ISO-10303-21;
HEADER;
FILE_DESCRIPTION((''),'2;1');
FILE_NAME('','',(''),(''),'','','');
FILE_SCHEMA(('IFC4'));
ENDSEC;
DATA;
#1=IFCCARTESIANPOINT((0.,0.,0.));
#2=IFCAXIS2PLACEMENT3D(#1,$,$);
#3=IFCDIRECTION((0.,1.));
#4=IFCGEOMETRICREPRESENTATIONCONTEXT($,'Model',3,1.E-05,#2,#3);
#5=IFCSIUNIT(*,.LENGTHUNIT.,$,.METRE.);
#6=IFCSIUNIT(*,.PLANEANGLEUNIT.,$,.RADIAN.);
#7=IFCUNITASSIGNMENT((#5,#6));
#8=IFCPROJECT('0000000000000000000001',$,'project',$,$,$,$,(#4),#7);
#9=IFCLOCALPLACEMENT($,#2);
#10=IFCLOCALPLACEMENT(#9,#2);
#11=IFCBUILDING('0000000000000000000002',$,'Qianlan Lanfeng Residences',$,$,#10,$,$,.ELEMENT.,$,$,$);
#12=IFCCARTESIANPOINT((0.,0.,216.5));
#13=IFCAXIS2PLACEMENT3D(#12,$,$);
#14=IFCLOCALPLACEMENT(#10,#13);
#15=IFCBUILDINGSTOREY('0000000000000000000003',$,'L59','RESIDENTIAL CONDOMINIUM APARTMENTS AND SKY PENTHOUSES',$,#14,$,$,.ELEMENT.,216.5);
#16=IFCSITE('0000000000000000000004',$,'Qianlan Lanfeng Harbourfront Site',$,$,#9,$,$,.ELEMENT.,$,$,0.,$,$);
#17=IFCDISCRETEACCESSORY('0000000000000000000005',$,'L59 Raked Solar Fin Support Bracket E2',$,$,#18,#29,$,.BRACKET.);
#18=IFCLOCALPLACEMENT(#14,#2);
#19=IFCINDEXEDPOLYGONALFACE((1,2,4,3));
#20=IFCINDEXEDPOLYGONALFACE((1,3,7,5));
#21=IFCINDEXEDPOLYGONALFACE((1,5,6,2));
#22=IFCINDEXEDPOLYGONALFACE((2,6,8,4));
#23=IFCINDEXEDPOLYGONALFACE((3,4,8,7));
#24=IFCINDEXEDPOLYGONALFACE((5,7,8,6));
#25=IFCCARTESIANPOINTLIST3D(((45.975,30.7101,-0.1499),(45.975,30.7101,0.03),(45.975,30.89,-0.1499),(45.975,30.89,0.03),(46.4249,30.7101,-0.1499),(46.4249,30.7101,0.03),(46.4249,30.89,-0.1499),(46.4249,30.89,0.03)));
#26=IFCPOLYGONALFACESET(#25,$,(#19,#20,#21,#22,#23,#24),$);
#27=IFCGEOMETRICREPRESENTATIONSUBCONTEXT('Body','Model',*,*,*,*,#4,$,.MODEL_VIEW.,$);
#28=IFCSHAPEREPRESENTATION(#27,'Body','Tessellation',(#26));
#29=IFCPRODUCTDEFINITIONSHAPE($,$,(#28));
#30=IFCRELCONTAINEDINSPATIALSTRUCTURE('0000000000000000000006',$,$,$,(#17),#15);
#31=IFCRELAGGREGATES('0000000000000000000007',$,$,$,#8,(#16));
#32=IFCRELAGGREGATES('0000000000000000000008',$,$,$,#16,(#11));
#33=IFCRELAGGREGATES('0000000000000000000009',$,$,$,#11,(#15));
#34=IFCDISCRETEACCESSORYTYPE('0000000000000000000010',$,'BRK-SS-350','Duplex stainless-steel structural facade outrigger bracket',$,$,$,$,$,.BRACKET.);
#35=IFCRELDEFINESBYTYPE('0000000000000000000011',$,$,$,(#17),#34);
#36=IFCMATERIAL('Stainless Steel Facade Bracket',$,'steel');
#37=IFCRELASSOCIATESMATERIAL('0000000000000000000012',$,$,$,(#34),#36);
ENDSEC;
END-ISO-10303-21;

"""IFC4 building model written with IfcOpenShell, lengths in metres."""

from ifc_helpers import new_model, si_unit, direction, frame, origin, origin_2d, place, context, subcontext, project, spatial, rectangle, extrude, source, transform, mapped, material, type_object, element, save


model = new_model("IFC4")

# Units and contexts
model_context = context("Model", 3, precision=1e-05, world=origin(), true_north=direction((0.0, 1.0)))
body_context = subcontext(model_context, "Body", "Model", "MODEL_VIEW")
ifc_project = project(units=[si_unit("LENGTHUNIT", "METRE"), si_unit("PLANEANGLEUNIT", "RADIAN")], contexts=[model_context])

# Site, building, storey
site_placement = place(None, origin())
site = spatial("IfcSite", under=ifc_project, at=site_placement, Name="Qianlan Lanfeng Harbourfront Site", CompositionType="ELEMENT", RefElevation=0.0)
building_placement = place(site_placement, origin())
building = spatial("IfcBuilding", under=site, at=building_placement, Name="Qianlan Lanfeng Residences", CompositionType="ELEMENT")
storey_placement = place(building_placement, frame((0.0, 0.0, 216.5)))
storey = spatial("IfcBuildingStorey", under=building, at=storey_placement, Name="L59", Description="RESIDENTIAL CONDOMINIUM APARTMENTS AND SKY PENTHOUSES", CompositionType="ELEMENT", Elevation=216.5)

# Discrete accessory
ifc_material_1 = material(Name="Stainless Steel Facade Bracket", Category="steel")
discrete_accessory_type = type_object("IfcDiscreteAccessoryType", Name="BRK-SS-350", Description="Duplex stainless-steel structural facade outrigger bracket", PredefinedType="BRACKET", material=ifc_material_1)
shared_shape_1 = source(origin(), body_context, "Body", "SweptSolid", [
    extrude(rectangle(XDim=0.45, YDim=0.1799, at=origin_2d()), origin(), (0.0, 0.0, 1.0), 0.1799),
])
discrete_accessory_placement = place(storey_placement, frame((46.2, 30.8, -0.1499), z_axis=(0.0, 0.0, 1.0), x_axis=(1.0, 0.0, 0.0)))
element("IfcDiscreteAccessory", 1, at=discrete_accessory_placement, inside=storey, type_object=discrete_accessory_type, Name="L59 Raked Solar Fin Support Bracket E2", PredefinedType="BRACKET", context=body_context, shape_type="MappedRepresentation", body=[
    mapped(shared_shape_1, transform((0.0, 0.0, 0.0), scale=1.0)),
])

save(model, "model.ifc")
